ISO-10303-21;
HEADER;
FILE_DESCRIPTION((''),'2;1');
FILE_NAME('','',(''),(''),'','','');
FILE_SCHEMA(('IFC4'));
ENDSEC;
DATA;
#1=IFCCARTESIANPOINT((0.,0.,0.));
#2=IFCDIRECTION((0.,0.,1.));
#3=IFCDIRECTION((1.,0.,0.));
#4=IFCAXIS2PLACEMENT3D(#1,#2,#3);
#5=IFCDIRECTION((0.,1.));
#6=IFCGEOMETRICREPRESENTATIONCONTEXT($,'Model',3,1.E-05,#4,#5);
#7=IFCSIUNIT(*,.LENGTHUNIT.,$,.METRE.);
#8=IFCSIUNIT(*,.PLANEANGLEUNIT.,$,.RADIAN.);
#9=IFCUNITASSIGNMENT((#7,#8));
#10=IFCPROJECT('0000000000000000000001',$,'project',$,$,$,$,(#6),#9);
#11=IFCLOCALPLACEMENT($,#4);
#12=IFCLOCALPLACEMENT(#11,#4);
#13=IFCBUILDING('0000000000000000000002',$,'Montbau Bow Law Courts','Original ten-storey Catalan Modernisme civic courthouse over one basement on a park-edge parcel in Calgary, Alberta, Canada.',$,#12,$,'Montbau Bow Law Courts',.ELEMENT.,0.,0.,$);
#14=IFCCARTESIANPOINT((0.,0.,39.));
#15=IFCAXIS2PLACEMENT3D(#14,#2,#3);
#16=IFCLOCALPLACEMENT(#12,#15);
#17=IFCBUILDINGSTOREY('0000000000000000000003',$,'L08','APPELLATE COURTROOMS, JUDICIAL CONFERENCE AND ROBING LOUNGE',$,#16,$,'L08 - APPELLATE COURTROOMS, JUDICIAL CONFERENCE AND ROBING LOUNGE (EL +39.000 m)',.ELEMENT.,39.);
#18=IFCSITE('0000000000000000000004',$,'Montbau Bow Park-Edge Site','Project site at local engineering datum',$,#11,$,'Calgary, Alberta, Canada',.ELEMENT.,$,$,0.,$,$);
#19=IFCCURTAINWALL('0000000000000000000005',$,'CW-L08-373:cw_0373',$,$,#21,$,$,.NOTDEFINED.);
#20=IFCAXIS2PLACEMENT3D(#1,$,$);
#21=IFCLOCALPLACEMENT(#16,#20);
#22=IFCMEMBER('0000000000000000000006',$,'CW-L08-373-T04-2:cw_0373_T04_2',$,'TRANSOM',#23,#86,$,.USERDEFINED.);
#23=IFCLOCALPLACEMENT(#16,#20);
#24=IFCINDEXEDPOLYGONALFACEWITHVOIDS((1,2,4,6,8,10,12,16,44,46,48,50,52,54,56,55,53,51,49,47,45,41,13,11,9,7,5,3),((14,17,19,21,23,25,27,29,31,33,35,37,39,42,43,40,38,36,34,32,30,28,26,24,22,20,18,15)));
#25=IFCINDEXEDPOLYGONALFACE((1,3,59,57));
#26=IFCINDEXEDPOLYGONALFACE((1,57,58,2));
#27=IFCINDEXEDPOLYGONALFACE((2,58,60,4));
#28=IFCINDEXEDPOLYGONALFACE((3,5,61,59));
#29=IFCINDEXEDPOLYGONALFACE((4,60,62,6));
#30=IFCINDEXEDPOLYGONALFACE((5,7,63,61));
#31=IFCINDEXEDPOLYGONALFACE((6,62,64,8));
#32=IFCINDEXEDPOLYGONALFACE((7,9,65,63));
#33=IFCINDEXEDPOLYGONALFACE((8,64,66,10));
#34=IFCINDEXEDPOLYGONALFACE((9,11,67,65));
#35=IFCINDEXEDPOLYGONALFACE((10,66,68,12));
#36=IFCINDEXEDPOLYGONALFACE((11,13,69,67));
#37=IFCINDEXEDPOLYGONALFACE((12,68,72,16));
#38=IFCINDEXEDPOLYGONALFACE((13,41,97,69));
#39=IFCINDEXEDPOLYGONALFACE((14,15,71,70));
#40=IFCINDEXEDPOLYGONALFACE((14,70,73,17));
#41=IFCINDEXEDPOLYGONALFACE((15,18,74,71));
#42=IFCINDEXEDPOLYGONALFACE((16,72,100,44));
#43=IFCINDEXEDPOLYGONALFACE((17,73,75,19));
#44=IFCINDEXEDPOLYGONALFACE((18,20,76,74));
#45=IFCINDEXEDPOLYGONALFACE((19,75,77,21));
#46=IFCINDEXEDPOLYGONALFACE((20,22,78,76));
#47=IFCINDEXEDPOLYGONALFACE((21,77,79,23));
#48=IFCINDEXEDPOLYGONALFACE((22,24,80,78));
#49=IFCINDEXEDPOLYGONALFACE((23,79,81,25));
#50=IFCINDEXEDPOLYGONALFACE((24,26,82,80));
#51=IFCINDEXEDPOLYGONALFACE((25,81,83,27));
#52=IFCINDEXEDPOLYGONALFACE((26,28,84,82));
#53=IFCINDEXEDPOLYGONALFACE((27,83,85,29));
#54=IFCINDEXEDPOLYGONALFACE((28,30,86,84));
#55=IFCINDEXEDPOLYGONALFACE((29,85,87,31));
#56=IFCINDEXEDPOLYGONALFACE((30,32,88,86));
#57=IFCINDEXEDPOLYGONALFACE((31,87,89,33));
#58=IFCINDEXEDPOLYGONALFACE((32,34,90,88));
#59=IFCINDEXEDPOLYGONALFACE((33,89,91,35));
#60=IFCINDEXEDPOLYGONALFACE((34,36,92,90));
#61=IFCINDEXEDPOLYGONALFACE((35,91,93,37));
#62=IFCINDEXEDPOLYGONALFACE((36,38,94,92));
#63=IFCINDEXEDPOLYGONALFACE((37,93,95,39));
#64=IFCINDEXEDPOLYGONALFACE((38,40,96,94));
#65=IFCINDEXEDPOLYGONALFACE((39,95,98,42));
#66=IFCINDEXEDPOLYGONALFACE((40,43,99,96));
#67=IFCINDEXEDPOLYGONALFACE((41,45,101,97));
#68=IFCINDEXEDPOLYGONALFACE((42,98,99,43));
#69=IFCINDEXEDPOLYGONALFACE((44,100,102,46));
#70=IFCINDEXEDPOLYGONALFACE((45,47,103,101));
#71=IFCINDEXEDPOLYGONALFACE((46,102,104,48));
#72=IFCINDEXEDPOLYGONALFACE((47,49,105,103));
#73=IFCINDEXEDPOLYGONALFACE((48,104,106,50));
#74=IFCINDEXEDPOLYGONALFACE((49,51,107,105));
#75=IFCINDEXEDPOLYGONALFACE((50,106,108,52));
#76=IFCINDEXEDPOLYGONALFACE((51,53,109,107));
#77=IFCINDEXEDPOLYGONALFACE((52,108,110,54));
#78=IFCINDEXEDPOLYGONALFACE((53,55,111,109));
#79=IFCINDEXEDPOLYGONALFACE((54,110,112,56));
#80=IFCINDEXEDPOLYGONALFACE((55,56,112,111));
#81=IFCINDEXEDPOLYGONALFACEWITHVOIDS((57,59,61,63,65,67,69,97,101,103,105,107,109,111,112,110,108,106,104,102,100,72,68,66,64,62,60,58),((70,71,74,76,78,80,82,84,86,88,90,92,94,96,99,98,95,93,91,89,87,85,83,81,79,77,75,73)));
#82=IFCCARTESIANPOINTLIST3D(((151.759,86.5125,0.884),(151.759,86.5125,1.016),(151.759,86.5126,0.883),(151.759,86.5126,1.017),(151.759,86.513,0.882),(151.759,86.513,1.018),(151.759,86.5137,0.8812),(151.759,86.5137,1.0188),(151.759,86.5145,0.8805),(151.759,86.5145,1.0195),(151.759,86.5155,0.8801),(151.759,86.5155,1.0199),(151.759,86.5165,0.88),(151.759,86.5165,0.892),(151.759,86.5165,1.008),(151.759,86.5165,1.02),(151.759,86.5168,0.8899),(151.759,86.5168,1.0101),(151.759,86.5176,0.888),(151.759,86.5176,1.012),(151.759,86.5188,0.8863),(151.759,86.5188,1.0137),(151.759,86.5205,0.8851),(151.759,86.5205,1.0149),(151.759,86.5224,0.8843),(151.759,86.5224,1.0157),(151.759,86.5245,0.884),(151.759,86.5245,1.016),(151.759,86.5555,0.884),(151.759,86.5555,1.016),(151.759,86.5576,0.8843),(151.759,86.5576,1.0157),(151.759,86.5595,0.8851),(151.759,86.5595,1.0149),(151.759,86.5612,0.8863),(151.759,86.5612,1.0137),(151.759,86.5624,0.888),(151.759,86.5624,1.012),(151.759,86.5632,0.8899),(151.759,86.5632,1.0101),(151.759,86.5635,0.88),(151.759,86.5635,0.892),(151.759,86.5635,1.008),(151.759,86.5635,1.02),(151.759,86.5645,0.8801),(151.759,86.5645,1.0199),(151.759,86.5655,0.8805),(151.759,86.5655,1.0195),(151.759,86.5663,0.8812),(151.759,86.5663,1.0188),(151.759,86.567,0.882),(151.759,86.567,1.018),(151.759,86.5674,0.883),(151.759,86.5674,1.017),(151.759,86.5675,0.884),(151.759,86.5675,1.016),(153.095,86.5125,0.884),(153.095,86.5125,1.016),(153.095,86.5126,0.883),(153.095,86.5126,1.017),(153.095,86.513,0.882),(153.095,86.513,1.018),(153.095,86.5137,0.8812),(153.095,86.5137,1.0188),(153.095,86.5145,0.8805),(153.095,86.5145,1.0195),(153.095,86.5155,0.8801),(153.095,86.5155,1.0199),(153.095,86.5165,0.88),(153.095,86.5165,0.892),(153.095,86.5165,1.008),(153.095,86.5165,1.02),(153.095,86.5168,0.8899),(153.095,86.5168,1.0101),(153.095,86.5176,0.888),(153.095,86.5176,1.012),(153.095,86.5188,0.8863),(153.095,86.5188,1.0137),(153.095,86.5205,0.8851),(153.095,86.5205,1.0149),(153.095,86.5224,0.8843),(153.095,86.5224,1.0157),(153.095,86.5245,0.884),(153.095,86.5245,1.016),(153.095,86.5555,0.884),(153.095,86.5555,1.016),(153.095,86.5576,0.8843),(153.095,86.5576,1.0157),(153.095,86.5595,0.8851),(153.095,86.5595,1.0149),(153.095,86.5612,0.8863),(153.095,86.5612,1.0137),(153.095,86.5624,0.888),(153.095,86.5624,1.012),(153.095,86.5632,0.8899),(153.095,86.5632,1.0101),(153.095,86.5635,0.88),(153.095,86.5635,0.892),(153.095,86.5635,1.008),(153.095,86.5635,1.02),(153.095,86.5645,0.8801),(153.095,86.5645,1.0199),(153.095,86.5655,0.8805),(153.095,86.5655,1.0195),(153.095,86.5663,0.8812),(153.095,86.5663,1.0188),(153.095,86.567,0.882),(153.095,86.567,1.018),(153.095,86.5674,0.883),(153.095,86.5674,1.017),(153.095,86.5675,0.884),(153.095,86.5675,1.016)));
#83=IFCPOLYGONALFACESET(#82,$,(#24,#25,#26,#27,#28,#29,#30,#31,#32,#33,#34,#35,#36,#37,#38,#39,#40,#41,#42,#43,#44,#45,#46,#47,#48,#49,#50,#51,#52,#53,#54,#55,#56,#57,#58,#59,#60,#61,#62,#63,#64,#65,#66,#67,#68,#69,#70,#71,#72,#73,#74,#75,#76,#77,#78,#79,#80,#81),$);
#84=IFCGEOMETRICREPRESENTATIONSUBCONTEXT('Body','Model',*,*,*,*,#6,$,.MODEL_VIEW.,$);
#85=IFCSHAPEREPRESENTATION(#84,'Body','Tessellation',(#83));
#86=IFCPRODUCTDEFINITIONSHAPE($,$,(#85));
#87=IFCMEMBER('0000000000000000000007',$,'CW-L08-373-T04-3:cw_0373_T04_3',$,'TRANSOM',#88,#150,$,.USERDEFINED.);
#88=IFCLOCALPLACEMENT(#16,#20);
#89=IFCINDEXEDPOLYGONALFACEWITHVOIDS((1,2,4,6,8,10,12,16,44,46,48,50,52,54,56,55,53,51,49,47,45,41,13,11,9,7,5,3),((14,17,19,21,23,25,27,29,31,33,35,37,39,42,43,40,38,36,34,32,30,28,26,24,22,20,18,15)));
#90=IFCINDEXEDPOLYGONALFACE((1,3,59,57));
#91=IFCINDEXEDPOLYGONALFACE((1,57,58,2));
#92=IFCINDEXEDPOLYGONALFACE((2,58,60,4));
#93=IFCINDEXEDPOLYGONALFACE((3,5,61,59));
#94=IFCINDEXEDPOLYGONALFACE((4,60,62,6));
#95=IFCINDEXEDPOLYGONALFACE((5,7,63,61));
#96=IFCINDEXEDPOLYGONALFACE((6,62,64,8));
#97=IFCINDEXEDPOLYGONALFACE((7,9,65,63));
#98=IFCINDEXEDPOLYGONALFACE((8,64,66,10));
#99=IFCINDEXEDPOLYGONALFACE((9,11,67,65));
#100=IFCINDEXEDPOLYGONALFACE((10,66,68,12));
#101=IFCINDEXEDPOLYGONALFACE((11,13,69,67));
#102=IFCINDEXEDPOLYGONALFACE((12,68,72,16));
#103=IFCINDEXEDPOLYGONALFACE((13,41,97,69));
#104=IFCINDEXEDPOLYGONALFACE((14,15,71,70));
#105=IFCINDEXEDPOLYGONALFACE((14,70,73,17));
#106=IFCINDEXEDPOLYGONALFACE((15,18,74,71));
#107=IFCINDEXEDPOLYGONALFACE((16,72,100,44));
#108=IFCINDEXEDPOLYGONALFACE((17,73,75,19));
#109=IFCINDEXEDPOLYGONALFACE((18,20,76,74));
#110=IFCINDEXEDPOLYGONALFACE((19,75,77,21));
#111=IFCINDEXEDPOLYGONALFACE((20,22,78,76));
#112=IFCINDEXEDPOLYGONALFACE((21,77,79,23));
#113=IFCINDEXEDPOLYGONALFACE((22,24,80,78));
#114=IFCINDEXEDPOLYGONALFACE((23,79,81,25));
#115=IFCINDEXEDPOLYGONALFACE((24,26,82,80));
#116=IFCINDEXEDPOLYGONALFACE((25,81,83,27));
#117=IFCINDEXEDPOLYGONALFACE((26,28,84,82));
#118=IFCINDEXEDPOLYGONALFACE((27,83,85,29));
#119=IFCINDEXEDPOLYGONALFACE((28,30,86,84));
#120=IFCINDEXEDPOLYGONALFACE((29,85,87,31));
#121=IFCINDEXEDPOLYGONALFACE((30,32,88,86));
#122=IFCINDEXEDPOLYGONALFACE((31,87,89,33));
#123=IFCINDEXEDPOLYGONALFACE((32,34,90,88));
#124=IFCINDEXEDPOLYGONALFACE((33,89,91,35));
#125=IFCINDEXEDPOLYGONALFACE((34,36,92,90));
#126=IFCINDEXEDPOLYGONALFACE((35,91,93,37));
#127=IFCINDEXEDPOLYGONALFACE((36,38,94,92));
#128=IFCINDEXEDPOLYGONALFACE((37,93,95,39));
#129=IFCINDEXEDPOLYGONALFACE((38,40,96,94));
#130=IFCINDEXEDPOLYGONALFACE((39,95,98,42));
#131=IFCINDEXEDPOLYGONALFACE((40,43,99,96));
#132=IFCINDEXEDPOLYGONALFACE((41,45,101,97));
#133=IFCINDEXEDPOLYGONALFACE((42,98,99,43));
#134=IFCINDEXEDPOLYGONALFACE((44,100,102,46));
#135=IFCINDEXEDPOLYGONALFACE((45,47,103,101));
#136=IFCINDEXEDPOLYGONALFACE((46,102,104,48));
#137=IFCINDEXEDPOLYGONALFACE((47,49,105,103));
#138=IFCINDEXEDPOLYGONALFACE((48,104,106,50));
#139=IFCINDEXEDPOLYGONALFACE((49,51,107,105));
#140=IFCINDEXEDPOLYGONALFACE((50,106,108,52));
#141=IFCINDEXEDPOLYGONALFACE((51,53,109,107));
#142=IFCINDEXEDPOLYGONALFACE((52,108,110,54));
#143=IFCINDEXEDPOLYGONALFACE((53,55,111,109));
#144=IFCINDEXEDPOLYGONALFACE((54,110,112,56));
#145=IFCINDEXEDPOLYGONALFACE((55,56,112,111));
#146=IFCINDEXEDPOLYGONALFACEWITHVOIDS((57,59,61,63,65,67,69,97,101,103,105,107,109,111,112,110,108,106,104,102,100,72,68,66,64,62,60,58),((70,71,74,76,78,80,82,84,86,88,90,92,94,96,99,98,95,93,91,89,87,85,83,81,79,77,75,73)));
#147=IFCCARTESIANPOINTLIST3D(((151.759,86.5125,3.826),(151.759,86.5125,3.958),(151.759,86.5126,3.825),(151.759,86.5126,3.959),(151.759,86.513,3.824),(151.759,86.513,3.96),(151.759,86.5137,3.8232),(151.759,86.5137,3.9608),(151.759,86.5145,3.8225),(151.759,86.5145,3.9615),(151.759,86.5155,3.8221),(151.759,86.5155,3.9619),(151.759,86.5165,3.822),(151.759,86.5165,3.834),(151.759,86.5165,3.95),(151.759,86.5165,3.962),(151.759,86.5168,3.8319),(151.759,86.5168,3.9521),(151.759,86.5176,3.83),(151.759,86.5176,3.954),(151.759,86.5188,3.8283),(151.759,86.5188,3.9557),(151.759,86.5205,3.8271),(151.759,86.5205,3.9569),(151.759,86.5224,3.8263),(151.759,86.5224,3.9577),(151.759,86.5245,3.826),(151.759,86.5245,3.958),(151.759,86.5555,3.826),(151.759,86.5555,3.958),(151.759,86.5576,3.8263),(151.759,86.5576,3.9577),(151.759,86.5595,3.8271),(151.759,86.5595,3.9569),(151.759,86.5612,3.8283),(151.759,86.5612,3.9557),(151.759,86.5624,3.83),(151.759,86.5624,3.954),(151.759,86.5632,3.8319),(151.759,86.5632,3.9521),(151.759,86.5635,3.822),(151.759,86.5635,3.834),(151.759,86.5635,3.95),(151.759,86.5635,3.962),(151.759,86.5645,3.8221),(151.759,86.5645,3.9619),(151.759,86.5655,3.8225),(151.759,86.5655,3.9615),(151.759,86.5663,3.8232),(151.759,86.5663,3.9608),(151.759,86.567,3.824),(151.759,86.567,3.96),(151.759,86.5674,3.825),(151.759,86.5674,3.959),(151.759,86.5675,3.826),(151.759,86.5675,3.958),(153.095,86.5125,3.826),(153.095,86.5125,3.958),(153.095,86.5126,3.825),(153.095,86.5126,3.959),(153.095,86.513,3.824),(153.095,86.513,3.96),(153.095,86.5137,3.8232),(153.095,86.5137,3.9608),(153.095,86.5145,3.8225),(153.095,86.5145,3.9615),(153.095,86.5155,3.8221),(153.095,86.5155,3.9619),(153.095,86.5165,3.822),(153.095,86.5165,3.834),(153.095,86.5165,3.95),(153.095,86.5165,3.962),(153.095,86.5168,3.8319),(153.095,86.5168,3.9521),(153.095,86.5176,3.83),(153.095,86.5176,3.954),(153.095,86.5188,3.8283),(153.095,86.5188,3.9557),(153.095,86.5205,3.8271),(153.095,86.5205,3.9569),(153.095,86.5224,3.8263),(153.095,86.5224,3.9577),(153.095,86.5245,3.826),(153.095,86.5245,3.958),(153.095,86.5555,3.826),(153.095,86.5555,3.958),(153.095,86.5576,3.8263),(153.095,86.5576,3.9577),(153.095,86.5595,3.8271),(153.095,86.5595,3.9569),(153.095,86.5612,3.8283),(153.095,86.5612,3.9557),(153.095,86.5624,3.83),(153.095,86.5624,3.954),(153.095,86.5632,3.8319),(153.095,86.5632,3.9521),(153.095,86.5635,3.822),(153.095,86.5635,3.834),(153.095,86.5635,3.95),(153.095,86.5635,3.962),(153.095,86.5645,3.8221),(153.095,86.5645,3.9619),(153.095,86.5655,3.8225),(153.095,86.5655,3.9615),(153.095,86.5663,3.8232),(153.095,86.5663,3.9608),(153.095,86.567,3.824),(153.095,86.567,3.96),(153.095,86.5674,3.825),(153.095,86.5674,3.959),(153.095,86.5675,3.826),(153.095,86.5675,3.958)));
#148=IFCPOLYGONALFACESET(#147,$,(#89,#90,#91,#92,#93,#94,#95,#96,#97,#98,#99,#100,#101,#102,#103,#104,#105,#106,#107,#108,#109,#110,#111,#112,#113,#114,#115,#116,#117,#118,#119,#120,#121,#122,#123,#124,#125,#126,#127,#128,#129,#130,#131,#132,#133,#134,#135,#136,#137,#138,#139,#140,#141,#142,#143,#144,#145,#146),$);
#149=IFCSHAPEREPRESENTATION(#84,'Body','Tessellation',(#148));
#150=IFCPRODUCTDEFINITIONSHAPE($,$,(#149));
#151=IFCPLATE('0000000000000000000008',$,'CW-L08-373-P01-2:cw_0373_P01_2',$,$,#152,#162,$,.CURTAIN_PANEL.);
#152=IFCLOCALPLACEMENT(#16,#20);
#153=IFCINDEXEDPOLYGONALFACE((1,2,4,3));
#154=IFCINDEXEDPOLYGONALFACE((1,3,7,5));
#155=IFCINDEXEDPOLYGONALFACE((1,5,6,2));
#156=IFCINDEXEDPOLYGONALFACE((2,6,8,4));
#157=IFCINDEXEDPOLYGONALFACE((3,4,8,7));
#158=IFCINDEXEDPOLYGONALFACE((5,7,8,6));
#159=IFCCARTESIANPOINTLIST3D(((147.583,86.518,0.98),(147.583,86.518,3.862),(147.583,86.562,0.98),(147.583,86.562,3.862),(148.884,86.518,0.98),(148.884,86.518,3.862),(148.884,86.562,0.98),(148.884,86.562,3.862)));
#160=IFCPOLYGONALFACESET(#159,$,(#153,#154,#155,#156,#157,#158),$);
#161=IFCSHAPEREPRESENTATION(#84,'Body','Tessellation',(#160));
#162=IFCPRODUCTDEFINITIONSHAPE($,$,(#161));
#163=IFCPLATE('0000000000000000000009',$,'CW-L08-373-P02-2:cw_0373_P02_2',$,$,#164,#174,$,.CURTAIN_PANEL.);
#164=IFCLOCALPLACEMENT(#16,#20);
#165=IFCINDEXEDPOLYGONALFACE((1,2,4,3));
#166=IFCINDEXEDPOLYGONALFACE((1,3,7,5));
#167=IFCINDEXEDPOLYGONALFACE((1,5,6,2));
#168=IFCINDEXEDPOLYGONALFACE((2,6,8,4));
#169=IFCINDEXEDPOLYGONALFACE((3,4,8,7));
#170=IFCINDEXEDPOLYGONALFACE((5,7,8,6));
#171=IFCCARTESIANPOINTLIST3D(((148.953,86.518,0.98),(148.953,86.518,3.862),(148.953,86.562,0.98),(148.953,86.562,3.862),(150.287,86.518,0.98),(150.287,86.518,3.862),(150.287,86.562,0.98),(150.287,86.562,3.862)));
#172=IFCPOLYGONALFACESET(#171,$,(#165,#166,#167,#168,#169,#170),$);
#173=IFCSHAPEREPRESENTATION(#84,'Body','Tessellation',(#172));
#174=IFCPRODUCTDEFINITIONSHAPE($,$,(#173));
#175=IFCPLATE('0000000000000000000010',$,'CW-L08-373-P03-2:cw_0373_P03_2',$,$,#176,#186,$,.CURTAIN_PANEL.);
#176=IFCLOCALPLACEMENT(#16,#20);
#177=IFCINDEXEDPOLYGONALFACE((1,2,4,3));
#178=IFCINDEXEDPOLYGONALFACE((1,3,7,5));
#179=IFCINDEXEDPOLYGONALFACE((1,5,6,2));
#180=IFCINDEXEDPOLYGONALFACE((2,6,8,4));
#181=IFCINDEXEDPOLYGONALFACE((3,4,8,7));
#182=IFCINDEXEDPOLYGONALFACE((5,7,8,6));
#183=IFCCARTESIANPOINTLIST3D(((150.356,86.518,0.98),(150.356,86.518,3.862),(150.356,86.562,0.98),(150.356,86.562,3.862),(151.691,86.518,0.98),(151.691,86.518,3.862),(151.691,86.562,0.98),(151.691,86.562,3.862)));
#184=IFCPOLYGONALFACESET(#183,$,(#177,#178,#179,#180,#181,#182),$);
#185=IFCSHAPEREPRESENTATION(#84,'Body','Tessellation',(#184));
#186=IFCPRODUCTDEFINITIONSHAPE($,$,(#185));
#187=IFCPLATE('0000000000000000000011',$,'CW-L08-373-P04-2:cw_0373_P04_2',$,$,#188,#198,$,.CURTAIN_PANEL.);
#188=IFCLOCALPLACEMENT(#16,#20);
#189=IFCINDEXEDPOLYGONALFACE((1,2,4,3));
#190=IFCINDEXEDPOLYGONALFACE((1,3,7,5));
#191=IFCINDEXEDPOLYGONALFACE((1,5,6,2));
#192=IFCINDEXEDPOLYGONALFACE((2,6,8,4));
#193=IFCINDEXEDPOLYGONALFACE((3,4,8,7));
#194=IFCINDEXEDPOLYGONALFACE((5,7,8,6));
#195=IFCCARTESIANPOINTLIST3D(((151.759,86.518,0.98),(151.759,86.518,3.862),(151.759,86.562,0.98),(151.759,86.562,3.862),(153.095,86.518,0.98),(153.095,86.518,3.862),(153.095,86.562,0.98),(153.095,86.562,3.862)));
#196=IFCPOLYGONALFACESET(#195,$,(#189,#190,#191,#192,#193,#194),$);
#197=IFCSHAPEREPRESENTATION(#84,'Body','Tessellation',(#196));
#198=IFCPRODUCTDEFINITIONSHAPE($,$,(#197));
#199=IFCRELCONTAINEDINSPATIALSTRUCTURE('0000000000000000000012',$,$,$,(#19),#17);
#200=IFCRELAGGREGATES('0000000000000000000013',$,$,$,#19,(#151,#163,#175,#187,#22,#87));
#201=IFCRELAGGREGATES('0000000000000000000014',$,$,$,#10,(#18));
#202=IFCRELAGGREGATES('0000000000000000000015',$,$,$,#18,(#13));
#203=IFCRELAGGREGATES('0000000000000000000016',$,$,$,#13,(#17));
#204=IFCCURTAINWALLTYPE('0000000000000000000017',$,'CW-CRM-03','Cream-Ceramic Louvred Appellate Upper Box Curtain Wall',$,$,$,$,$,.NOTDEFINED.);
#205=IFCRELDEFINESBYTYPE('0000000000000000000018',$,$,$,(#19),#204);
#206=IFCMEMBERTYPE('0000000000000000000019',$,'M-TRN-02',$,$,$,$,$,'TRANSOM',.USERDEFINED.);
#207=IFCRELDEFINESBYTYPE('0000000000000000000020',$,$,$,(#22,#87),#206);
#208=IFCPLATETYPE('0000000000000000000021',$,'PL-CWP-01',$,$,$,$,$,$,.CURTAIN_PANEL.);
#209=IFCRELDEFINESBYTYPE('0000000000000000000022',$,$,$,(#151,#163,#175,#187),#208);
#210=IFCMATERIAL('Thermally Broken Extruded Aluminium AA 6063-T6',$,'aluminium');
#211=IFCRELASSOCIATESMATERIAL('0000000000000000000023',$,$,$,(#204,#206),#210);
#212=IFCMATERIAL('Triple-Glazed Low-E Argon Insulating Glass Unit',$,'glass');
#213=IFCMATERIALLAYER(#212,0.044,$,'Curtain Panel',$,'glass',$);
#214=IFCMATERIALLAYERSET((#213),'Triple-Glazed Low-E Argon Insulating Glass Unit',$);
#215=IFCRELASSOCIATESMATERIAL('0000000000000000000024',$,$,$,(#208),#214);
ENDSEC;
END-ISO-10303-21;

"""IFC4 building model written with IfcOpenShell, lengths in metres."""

from ifc_helpers import new_model, si_unit, direction, frame, frame_2d, origin_with_axes, origin_2d_with_axis, place, context, subcontext, project, spatial, rectangle, hollow_rectangle, extrude, material, layer, layer_set, material_profile, profile_set, type_object, element, aggregate, save


model = new_model("IFC4")

# Units and contexts
model_context = context("Model", 3, precision=1e-05, world=origin_with_axes(), true_north=direction((0.0, 1.0)))
body_context = subcontext(model_context, "Body", "Model", "MODEL_VIEW")
ifc_project = project(units=[si_unit("LENGTHUNIT", "METRE"), si_unit("PLANEANGLEUNIT", "RADIAN")], contexts=[model_context])

# Site, building, storey
site_placement = place(None, origin_with_axes())
site = spatial("IfcSite", under=ifc_project, at=site_placement, Name="Montbau Bow Park-Edge Site", Description="Project site at local engineering datum", LongName="Calgary, Alberta, Canada", CompositionType="ELEMENT", RefElevation=0.0)
building_placement = place(site_placement, origin_with_axes())
building = spatial("IfcBuilding", under=site, at=building_placement, Name="Montbau Bow Law Courts", Description="Original ten-storey Catalan Modernisme civic courthouse over one basement on a park-edge parcel in Calgary, Alberta, Canada.", LongName="Montbau Bow Law Courts", CompositionType="ELEMENT", ElevationOfRefHeight=0.0, ElevationOfTerrain=0.0)
storey_placement = place(building_placement, frame((0.0, 0.0, 39.0), z_axis=(0.0, 0.0, 1.0), x_axis=(1.0, 0.0, 0.0)))
storey = spatial("IfcBuildingStorey", under=building, at=storey_placement, Name="L08", Description="APPELLATE COURTROOMS, JUDICIAL CONFERENCE AND ROBING LOUNGE", LongName="L08 - APPELLATE COURTROOMS, JUDICIAL CONFERENCE AND ROBING LOUNGE (EL +39.000 m)", CompositionType="ELEMENT", Elevation=39.0)

# Shared definitions
ifc_material_1 = material(Name="Thermally Broken Extruded Aluminium AA 6063-T6", Category="aluminium")
curtain_wall_type = type_object("IfcCurtainWallType", Name="CW-CRM-03", Description="Cream-Ceramic Louvred Appellate Upper Box Curtain Wall", PredefinedType="NOTDEFINED", material=ifc_material_1)

# Curtain wall, members, plates
curtain_wall_1_placement = place(None, frame((147.515, 86.54, 39.0), z_axis=(0.0, 0.0, 1.0), x_axis=(1.0, 0.0, 0.0)))
curtain_wall_1 = element("IfcCurtainWall", 1, at=curtain_wall_1_placement, inside=storey, type_object=curtain_wall_type, Name="CW-L08-373:cw_0373", PredefinedType="NOTDEFINED")
ifc_material_profile_1 = material_profile(ifc_material_1, hollow_rectangle(XDim=0.055, YDim=0.14, WallThickness=0.004, InnerFilletRadius=0.008, OuterFilletRadius=0.004, at=origin_2d_with_axis()), Name="CWT-140X55", Category="Main", Priority=0)
ifc_profile_set_1 = profile_set([ifc_material_profile_1], Name="Thermally Broken Extruded Aluminium AA 6063-T6")
member_type_1 = type_object("IfcMemberType", Name="M-TRN-02", ElementType="TRANSOM", PredefinedType="USERDEFINED", material=ifc_profile_set_1)
member_1_placement = place(None, frame((151.759, 86.54, 39.95), z_axis=(1.0, 0.0, 0.0), x_axis=(0.0, 1.0, 0.0)))
member_1 = element("IfcMember", 2, at=member_1_placement, type_object=member_type_1, Name="CW-L08-373-T04-2:cw_0373_T04_2", ObjectType="TRANSOM", PredefinedType="USERDEFINED", context=body_context, shape_type="SweptSolid", body=[
    extrude(hollow_rectangle(XDim=0.055, YDim=0.14, WallThickness=0.004, InnerFilletRadius=0.008, OuterFilletRadius=0.004, at=origin_2d_with_axis()), origin_with_axes(), (0.0, 0.0, 1.0), 1.336),
])
member_2_placement = place(None, frame((151.759, 86.54, 42.892), z_axis=(1.0, 0.0, 0.0), x_axis=(0.0, 1.0, 0.0)))
member_2 = element("IfcMember", 3, at=member_2_placement, type_object=member_type_1, Name="CW-L08-373-T04-3:cw_0373_T04_3", ObjectType="TRANSOM", PredefinedType="USERDEFINED", context=body_context, shape_type="SweptSolid", body=[
    extrude(hollow_rectangle(XDim=0.055, YDim=0.14, WallThickness=0.004, InnerFilletRadius=0.008, OuterFilletRadius=0.004, at=origin_2d_with_axis()), origin_with_axes(), (0.0, 0.0, 1.0), 1.336),
])
ifc_material_2 = material(Name="Triple-Glazed Low-E Argon Insulating Glass Unit", Category="glass")
ifc_layer_1 = layer(ifc_material_2, 0.044, Name="Curtain Panel", Category="glass")
ifc_layer_set_1 = layer_set([ifc_layer_1], Name="Triple-Glazed Low-E Argon Insulating Glass Unit")
plate_type_1 = type_object("IfcPlateType", Name="PL-CWP-01", PredefinedType="CURTAIN_PANEL", material=ifc_layer_set_1)
plate_1_placement = place(None, frame((147.583, 86.54, 39.98), z_axis=(0.0, -1.0, 0.0), x_axis=(1.0, 0.0, 0.0)))
plate_1 = element("IfcPlate", 4, at=plate_1_placement, type_object=plate_type_1, Name="CW-L08-373-P01-2:cw_0373_P01_2", PredefinedType="CURTAIN_PANEL", context=body_context, shape_type="SweptSolid", body=[
    extrude(rectangle(XDim=1.301, YDim=2.882, at=frame_2d((0.6505, 1.441), x_axis=(1.0, 0.0))), frame((0.0, 0.0, -0.022), z_axis=(0.0, 0.0, 1.0), x_axis=(1.0, 0.0, 0.0)), (0.0, 0.0, 1.0), 0.044),
])
plate_2_placement = place(None, frame((148.953, 86.54, 39.98), z_axis=(0.0, -1.0, 0.0), x_axis=(1.0, 0.0, 0.0)))
plate_2 = element("IfcPlate", 5, at=plate_2_placement, type_object=plate_type_1, Name="CW-L08-373-P02-2:cw_0373_P02_2", PredefinedType="CURTAIN_PANEL", context=body_context, shape_type="SweptSolid", body=[
    extrude(rectangle(XDim=1.334, YDim=2.882, at=frame_2d((0.667, 1.441), x_axis=(1.0, 0.0))), frame((0.0, 0.0, -0.022), z_axis=(0.0, 0.0, 1.0), x_axis=(1.0, 0.0, 0.0)), (0.0, 0.0, 1.0), 0.044),
])
plate_3_placement = place(None, frame((150.356, 86.54, 39.98), z_axis=(0.0, -1.0, 0.0), x_axis=(1.0, 0.0, 0.0)))
plate_3 = element("IfcPlate", 6, at=plate_3_placement, type_object=plate_type_1, Name="CW-L08-373-P03-2:cw_0373_P03_2", PredefinedType="CURTAIN_PANEL", context=body_context, shape_type="SweptSolid", body=[
    extrude(rectangle(XDim=1.335, YDim=2.882, at=frame_2d((0.6675, 1.441), x_axis=(1.0, 0.0))), frame((0.0, 0.0, -0.022), z_axis=(0.0, 0.0, 1.0), x_axis=(1.0, 0.0, 0.0)), (0.0, 0.0, 1.0), 0.044),
])
plate_4_placement = place(None, frame((151.759, 86.54, 39.98), z_axis=(0.0, -1.0, 0.0), x_axis=(1.0, 0.0, 0.0)))
plate_4 = element("IfcPlate", 7, at=plate_4_placement, type_object=plate_type_1, Name="CW-L08-373-P04-2:cw_0373_P04_2", PredefinedType="CURTAIN_PANEL", context=body_context, shape_type="SweptSolid", body=[
    extrude(rectangle(XDim=1.336, YDim=2.882, at=frame_2d((0.668, 1.441), x_axis=(1.0, 0.0))), frame((0.0, 0.0, -0.022), z_axis=(0.0, 0.0, 1.0), x_axis=(1.0, 0.0, 0.0)), (0.0, 0.0, 1.0), 0.044),
])
aggregate(curtain_wall_1, [plate_1, plate_2, plate_3, plate_4, member_1, member_2])

save(model, "model.ifc")
